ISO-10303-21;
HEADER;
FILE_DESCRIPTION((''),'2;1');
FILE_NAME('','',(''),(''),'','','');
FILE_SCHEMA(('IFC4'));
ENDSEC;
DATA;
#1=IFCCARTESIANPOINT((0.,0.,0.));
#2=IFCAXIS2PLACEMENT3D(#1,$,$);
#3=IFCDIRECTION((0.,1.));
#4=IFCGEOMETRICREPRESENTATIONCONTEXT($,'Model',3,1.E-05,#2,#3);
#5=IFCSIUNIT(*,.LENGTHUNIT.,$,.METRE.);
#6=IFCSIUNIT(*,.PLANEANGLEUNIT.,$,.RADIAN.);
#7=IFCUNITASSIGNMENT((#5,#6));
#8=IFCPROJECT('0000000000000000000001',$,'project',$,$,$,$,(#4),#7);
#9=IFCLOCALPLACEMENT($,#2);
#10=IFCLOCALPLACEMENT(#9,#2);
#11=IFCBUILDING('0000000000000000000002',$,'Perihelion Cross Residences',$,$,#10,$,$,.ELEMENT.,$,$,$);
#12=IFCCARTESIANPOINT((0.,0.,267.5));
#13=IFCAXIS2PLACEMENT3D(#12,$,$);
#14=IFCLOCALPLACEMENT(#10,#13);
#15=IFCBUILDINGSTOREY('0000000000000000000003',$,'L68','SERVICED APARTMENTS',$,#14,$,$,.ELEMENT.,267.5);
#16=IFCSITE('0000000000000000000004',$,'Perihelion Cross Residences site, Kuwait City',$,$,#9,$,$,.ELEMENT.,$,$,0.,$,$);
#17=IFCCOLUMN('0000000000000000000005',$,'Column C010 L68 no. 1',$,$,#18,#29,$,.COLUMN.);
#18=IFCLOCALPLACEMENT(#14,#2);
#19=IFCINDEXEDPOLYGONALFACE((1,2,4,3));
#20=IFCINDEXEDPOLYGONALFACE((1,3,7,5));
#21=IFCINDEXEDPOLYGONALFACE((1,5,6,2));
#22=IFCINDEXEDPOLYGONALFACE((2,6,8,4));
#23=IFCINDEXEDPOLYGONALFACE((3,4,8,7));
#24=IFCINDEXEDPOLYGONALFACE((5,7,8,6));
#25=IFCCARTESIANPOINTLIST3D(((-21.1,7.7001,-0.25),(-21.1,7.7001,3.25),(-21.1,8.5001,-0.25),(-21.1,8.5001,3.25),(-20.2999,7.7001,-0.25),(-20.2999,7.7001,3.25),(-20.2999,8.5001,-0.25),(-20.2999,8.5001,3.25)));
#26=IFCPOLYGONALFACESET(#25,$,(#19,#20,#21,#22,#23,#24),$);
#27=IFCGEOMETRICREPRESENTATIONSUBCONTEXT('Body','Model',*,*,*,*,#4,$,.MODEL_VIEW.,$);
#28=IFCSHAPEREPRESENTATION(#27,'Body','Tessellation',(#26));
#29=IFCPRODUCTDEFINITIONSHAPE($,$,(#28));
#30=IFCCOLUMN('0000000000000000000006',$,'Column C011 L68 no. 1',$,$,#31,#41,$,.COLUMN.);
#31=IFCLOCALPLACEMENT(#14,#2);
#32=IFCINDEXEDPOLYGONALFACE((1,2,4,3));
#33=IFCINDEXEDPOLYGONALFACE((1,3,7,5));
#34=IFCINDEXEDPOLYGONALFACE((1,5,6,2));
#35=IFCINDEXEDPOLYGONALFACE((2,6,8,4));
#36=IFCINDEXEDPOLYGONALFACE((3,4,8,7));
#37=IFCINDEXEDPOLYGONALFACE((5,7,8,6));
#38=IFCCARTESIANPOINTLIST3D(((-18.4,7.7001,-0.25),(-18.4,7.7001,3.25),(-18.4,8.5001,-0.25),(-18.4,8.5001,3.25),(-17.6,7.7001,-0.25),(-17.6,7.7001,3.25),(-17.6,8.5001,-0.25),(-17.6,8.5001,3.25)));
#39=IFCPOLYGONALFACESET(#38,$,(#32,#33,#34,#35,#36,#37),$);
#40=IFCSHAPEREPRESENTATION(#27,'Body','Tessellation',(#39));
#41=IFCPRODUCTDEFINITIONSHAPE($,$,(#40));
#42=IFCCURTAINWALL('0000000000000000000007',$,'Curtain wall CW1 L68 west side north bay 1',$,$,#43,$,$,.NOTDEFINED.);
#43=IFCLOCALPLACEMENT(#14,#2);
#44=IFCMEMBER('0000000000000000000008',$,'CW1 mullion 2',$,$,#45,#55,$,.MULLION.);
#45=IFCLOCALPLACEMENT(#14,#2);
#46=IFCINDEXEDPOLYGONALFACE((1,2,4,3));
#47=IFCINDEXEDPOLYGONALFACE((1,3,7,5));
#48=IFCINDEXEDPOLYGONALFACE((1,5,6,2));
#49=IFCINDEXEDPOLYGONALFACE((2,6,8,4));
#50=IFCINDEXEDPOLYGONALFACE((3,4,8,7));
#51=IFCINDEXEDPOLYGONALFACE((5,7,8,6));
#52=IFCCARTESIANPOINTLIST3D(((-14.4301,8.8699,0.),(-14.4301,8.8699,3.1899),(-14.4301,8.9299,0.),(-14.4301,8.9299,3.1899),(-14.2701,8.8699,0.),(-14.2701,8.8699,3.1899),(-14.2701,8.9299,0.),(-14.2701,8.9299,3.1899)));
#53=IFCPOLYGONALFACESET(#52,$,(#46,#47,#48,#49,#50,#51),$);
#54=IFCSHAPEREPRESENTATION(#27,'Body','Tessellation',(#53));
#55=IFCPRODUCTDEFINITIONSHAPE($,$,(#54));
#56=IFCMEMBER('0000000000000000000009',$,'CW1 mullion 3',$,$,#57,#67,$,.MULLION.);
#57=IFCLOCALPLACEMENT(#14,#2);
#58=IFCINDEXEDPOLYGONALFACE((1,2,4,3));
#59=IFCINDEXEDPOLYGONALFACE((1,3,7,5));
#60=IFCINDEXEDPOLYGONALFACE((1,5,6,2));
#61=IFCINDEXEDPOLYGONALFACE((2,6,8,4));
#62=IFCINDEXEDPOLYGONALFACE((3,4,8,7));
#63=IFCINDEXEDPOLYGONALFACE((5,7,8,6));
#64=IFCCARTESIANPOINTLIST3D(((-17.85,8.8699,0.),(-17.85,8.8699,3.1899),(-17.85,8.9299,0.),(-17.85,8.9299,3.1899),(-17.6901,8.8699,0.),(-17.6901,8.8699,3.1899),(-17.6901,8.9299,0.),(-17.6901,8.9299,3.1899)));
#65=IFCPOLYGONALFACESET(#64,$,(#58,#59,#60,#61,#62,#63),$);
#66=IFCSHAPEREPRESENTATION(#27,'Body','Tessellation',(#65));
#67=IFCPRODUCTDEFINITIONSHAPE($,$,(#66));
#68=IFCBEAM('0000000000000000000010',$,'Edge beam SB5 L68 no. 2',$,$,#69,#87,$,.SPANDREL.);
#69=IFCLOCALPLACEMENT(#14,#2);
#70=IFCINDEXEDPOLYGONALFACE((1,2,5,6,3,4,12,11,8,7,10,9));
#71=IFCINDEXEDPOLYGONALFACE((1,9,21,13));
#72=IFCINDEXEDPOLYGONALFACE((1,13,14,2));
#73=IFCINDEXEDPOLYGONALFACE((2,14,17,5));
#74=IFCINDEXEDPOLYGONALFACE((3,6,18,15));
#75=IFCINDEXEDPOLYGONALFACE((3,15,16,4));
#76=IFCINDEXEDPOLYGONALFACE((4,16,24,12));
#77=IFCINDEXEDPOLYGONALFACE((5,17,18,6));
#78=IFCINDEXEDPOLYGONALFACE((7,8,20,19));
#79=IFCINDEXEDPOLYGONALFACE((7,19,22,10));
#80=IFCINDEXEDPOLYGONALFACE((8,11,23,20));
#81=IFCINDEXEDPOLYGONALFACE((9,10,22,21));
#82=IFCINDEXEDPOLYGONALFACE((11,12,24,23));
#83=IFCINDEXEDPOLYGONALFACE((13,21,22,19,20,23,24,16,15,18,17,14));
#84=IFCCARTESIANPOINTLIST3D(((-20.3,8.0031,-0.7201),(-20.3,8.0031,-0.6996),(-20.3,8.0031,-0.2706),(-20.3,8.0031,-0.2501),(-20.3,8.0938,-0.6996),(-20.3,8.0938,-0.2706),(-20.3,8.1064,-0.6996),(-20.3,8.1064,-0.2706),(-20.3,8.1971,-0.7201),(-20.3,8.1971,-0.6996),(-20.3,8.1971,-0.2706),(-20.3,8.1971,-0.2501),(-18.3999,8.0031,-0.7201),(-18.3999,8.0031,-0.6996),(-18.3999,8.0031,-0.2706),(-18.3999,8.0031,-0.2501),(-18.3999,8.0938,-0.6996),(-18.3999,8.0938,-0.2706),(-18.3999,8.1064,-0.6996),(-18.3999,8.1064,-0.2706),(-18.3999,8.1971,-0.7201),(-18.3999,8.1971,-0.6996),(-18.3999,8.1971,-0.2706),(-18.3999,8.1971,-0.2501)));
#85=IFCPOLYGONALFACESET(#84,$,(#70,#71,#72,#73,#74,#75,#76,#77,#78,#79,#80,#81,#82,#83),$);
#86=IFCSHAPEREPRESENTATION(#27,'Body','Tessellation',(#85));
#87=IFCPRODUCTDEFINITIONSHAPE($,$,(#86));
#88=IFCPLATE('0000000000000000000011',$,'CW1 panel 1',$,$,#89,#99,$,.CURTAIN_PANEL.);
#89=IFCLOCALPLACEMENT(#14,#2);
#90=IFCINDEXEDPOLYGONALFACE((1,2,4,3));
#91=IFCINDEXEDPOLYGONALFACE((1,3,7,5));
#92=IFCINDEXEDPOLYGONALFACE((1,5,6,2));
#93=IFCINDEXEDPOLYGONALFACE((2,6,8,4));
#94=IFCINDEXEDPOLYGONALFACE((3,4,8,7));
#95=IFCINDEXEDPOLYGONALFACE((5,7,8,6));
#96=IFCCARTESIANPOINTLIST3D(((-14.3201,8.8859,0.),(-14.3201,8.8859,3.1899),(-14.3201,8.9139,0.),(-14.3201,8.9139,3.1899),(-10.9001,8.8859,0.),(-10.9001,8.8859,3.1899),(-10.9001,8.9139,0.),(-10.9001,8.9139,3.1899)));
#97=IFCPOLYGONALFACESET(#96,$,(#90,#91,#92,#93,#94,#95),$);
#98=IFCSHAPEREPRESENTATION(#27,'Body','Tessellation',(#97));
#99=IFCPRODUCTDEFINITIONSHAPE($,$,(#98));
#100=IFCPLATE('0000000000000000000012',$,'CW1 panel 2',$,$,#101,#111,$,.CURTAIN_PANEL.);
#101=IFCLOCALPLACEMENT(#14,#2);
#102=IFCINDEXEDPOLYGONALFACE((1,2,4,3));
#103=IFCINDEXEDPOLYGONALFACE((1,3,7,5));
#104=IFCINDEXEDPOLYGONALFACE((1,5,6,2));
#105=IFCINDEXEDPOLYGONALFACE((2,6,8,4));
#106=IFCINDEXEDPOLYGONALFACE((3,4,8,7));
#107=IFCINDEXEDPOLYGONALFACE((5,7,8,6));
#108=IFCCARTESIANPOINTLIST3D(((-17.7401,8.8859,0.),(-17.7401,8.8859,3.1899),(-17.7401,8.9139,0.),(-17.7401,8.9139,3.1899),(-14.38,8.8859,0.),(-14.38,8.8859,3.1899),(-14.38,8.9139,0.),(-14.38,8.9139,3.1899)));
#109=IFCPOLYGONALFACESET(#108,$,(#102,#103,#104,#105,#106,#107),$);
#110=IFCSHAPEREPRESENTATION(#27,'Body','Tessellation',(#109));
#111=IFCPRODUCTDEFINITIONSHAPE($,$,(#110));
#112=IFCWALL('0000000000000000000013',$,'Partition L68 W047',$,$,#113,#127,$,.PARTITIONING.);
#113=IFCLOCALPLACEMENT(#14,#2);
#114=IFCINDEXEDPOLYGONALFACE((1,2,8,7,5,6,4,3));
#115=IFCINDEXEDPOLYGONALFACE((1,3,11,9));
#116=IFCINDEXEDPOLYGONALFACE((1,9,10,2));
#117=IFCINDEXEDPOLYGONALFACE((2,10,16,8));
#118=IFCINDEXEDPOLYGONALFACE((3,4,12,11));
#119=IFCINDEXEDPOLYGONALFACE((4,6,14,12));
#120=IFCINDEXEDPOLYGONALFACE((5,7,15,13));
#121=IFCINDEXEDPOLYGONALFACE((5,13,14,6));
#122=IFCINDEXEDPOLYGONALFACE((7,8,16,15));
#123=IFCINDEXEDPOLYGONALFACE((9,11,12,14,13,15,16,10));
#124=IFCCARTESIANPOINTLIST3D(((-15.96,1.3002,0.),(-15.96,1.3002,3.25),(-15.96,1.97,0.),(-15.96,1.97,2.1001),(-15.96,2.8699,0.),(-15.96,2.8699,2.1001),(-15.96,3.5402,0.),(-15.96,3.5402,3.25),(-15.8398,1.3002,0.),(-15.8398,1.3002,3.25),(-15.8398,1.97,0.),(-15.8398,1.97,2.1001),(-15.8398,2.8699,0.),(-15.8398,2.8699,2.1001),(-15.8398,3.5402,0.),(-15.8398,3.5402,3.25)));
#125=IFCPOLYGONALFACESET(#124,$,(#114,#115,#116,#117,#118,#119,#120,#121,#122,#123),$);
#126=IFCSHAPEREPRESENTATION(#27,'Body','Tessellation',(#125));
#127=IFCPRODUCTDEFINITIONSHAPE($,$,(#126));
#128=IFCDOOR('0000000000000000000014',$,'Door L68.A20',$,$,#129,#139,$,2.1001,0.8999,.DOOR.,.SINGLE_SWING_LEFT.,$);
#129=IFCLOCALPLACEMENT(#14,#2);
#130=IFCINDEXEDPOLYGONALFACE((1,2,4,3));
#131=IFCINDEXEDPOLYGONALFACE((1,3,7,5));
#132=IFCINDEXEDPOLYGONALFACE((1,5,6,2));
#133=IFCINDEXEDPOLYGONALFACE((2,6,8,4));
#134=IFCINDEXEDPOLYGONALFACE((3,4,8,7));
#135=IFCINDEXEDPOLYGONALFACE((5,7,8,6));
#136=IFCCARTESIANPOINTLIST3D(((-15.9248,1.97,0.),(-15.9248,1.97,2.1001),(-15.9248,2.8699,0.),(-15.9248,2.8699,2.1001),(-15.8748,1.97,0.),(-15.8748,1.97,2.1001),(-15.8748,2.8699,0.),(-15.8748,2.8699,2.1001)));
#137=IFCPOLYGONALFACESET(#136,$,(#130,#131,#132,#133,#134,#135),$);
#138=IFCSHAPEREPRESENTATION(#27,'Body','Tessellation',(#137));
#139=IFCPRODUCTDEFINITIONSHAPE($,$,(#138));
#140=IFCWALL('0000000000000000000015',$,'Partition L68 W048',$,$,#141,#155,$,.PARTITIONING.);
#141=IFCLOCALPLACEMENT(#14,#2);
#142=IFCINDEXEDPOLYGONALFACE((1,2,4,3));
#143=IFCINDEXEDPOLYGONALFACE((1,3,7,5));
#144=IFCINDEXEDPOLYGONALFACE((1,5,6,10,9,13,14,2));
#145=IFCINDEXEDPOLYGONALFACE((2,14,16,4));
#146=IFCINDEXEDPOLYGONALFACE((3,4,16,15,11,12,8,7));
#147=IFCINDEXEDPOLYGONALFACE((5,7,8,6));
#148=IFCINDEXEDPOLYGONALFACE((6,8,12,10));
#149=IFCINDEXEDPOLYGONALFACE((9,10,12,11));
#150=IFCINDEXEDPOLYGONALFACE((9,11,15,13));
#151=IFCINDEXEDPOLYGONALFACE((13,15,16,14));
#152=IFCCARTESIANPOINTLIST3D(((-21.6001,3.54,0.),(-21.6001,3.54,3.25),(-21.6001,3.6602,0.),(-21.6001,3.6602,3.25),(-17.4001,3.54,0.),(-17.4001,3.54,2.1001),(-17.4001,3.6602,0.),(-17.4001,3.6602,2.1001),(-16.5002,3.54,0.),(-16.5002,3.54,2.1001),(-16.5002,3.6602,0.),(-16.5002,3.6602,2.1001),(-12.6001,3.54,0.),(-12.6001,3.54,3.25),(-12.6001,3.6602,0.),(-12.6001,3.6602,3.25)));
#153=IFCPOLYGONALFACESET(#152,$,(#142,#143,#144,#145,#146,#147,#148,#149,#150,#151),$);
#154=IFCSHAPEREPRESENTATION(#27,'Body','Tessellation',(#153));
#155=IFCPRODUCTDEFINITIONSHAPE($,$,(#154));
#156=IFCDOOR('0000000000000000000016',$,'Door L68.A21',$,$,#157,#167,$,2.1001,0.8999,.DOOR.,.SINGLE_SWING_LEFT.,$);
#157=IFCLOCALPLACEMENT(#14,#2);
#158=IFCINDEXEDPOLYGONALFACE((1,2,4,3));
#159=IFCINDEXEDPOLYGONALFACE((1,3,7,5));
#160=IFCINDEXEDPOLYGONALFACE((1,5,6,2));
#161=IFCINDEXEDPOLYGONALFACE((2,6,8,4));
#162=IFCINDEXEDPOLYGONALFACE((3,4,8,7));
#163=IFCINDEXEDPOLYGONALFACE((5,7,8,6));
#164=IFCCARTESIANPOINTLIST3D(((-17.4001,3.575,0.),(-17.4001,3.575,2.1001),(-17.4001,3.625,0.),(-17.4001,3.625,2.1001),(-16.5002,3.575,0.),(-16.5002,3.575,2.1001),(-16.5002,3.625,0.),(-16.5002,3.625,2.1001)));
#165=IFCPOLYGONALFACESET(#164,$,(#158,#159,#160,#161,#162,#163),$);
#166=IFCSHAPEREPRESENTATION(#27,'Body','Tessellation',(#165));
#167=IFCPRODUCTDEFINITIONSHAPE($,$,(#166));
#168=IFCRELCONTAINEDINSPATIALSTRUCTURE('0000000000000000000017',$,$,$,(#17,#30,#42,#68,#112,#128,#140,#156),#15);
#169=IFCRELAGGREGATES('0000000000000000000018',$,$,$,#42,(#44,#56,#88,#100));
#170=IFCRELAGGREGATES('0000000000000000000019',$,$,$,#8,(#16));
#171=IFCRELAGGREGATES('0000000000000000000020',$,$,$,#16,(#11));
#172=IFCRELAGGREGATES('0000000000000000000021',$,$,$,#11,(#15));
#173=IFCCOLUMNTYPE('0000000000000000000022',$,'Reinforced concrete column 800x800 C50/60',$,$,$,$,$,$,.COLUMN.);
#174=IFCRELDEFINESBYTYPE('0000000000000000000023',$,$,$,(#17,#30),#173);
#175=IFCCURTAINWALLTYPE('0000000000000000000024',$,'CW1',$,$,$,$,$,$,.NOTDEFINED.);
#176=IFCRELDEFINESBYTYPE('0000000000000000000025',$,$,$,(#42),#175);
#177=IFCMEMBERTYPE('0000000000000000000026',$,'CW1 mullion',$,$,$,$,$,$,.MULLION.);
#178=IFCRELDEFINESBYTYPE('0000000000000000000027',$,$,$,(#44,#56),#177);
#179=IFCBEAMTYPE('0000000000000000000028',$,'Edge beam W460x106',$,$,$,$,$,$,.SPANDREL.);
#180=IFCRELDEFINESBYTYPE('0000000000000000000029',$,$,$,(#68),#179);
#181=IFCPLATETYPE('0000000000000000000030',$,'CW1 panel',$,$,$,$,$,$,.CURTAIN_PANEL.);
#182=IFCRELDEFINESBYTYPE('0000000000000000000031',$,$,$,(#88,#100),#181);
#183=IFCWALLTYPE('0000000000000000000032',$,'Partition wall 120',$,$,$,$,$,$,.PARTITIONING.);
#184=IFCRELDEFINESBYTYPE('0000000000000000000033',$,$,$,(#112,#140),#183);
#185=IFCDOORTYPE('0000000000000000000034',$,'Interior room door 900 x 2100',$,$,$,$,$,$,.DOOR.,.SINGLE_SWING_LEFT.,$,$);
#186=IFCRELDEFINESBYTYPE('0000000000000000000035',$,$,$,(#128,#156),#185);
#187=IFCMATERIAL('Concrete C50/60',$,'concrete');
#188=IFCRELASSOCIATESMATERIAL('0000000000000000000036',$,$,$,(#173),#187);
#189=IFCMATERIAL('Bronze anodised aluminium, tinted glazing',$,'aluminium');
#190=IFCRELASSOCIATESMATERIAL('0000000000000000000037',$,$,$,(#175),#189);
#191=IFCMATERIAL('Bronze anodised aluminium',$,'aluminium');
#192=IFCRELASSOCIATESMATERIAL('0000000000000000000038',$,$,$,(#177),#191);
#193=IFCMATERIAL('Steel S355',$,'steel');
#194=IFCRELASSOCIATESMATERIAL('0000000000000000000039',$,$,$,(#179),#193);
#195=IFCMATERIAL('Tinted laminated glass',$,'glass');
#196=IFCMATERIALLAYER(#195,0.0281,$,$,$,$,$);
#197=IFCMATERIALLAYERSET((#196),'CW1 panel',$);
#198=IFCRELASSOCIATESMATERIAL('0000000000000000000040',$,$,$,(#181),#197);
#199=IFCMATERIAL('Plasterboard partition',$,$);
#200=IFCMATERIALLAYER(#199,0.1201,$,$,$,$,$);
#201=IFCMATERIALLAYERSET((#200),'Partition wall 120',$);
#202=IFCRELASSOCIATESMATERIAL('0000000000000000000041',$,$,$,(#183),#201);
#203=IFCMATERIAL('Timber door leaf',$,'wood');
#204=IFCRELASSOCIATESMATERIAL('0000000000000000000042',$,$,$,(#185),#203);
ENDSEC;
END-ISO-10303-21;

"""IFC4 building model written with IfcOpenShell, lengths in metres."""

from ifc_helpers import new_model, si_unit, direction, frame, frame_2d, origin, origin_2d, place, context, subcontext, project, spatial, rectangle, i_section, extrude, material, layer, layer_set, material_profile, profile_set, type_object, element, fill, aggregate, save


model = new_model("IFC4")

# Units and contexts
model_context = context("Model", 3, precision=1e-05, world=origin(), true_north=direction((0.0, 1.0)))
body_context = subcontext(model_context, "Body", "Model", "MODEL_VIEW")
ifc_project = project(units=[si_unit("LENGTHUNIT", "METRE"), si_unit("PLANEANGLEUNIT", "RADIAN")], contexts=[model_context])

# Site, building, storey
site_placement = place(None, origin())
site = spatial("IfcSite", under=ifc_project, at=site_placement, Name="Perihelion Cross Residences site, Kuwait City", CompositionType="ELEMENT", RefElevation=0.0)
building_placement = place(site_placement, origin())
building = spatial("IfcBuilding", under=site, at=building_placement, Name="Perihelion Cross Residences", CompositionType="ELEMENT")
storey_placement = place(building_placement, frame((0.0, 0.0, 267.5)))
storey = spatial("IfcBuildingStorey", under=building, at=storey_placement, Name="L68", Description="SERVICED APARTMENTS", CompositionType="ELEMENT", Elevation=267.5)

# Columns
ifc_material_1 = material(Name="Concrete C50/60", Category="concrete")
ifc_material_profile_1 = material_profile(ifc_material_1, rectangle(XDim=0.8, YDim=0.8, at=origin_2d()), Name="RC 800x800")
ifc_profile_set_1 = profile_set([ifc_material_profile_1], Name="Concrete C50/60")
column_type = type_object("IfcColumnType", Name="Reinforced concrete column 800x800 C50/60", PredefinedType="COLUMN", material=ifc_profile_set_1)
for number, where, z_axis, x_axis, name in (
    (1, (-20.7, 8.1001, -0.25), (0.0, 0.0, 1.0), (1.0, 0.0, 0.0), "Column C010 L68 no. 1"),
    (2, (-18.0, 8.1001, -0.25), (0.0, 0.0, 1.0), (1.0, 0.0, 0.0), "Column C011 L68 no. 1"),
):
    element("IfcColumn", number, at=place(storey_placement, frame(where, z_axis=z_axis, x_axis=x_axis)), inside=storey, type_object=column_type, Name=name, PredefinedType="COLUMN", context=body_context, shape_type="SweptSolid", body=[
        extrude(rectangle(XDim=0.8, YDim=0.8, at=origin_2d()), origin(), (0.0, 0.0, 1.0), 3.5),
    ])

# Curtain wall, members
ifc_material_2 = material(Name="Bronze anodised aluminium, tinted glazing", Category="aluminium")
curtain_wall_type = type_object("IfcCurtainWallType", Name="CW1", PredefinedType="NOTDEFINED", material=ifc_material_2)
curtain_wall_placement = place(storey_placement, origin())
curtain_wall = element("IfcCurtainWall", 3, at=curtain_wall_placement, inside=storey, type_object=curtain_wall_type, Name="Curtain wall CW1 L68 west side north bay 1", PredefinedType="NOTDEFINED")
ifc_material_3 = material(Name="Bronze anodised aluminium", Category="aluminium")
ifc_material_profile_2 = material_profile(ifc_material_3, rectangle(XDim=0.0601, YDim=0.1599, at=origin_2d()), Name="CW1 mullion")
ifc_profile_set_2 = profile_set([ifc_material_profile_2], Name="Bronze anodised aluminium")
member_type = type_object("IfcMemberType", Name="CW1 mullion", PredefinedType="MULLION", material=ifc_profile_set_2)
member_1_placement = place(storey_placement, frame((-14.3501, 8.8999, 0.0), z_axis=(0.0, 0.0, 1.0), x_axis=(0.0, -1.0, 0.0)))
member_1 = element("IfcMember", 4, at=member_1_placement, type_object=member_type, Name="CW1 mullion 2", PredefinedType="MULLION", context=body_context, shape_type="SweptSolid", body=[
    extrude(rectangle(XDim=0.0601, YDim=0.1599, at=origin_2d()), origin(), (0.0, 0.0, 1.0), 3.1899),
])
member_2_placement = place(storey_placement, frame((-17.77, 8.8999, 0.0), z_axis=(0.0, 0.0, 1.0), x_axis=(0.0, -1.0, 0.0)))
member_2 = element("IfcMember", 5, at=member_2_placement, type_object=member_type, Name="CW1 mullion 3", PredefinedType="MULLION", context=body_context, shape_type="SweptSolid", body=[
    extrude(rectangle(XDim=0.0601, YDim=0.1599, at=origin_2d()), origin(), (0.0, 0.0, 1.0), 3.1899),
])

# Beam
ifc_material_4 = material(Name="Steel S355", Category="steel")
ifc_material_profile_3 = material_profile(ifc_material_4, i_section(OverallWidth=0.1941, OverallDepth=0.47, WebThickness=0.0127, FlangeThickness=0.0205, at=origin_2d()), Name="W460x106")
ifc_profile_set_3 = profile_set([ifc_material_profile_3], Name="Steel S355")
beam_type = type_object("IfcBeamType", Name="Edge beam W460x106", PredefinedType="SPANDREL", material=ifc_profile_set_3)
beam_placement = place(storey_placement, frame((-18.3999, 8.1001, -0.4851), z_axis=(-1.0, 0.0, 0.0), x_axis=(0.0, -1.0, 0.0)))
element("IfcBeam", 6, at=beam_placement, inside=storey, type_object=beam_type, Name="Edge beam SB5 L68 no. 2", PredefinedType="SPANDREL", context=body_context, shape_type="SweptSolid", body=[
    extrude(i_section(OverallWidth=0.1941, OverallDepth=0.47, WebThickness=0.0127, FlangeThickness=0.0205, at=origin_2d()), origin(), (0.0, 0.0, 1.0), 1.9001),
])

# Plates
ifc_material_5 = material(Name="Tinted laminated glass", Category="glass")
ifc_layer_1 = layer(ifc_material_5, 0.0281)
ifc_layer_set_1 = layer_set([ifc_layer_1], Name="CW1 panel")
plate_type = type_object("IfcPlateType", Name="CW1 panel", PredefinedType="CURTAIN_PANEL", material=ifc_layer_set_1)
plate_1_placement = place(storey_placement, frame((-12.6101, 8.8999, 0.0), z_axis=(0.0, 0.0, 1.0), x_axis=(-1.0, 0.0, 0.0)))
plate_1 = element("IfcPlate", 7, at=plate_1_placement, type_object=plate_type, Name="CW1 panel 1", PredefinedType="CURTAIN_PANEL", context=body_context, shape_type="SweptSolid", body=[
    extrude(rectangle(XDim=3.4199, YDim=0.0281, at=origin_2d()), origin(), (0.0, 0.0, 1.0), 3.1899),
])
plate_2_placement = place(storey_placement, frame((-16.0601, 8.8999, 0.0), z_axis=(0.0, 0.0, 1.0), x_axis=(-1.0, 0.0, 0.0)))
plate_2 = element("IfcPlate", 8, at=plate_2_placement, type_object=plate_type, Name="CW1 panel 2", PredefinedType="CURTAIN_PANEL", context=body_context, shape_type="SweptSolid", body=[
    extrude(rectangle(XDim=3.3601, YDim=0.0281, at=origin_2d()), origin(), (0.0, 0.0, 1.0), 3.1899),
])
aggregate(curtain_wall, [member_1, member_2, plate_1, plate_2])

# Walls, openings, doors
ifc_material_6 = material(Name="Plasterboard partition")
ifc_layer_2 = layer(ifc_material_6, 0.1201)
ifc_layer_set_2 = layer_set([ifc_layer_2], Name="Partition wall 120")
wall_type_1 = type_object("IfcWallType", Name="Partition wall 120", PredefinedType="PARTITIONING", material=ifc_layer_set_2)
wall_1_placement = place(storey_placement, frame((-15.8999, 1.3, 0.0), z_axis=(0.0, 0.0, 1.0), x_axis=(0.0, 1.0, 0.0)))
wall_1 = element("IfcWall", 9, at=wall_1_placement, inside=storey, type_object=wall_type_1, Name="Partition L68 W047", PredefinedType="PARTITIONING", context=body_context, shape_type="SweptSolid", body=[
    extrude(rectangle(XDim=2.24, YDim=0.1201, at=frame_2d((1.1201, 0.0))), origin(), (0.0, 0.0, 1.0), 3.25),
])
opening_1_placement = place(wall_1_placement, frame((0.6699, 0.0, 0.0)))
opening_1 = element("IfcOpeningElement", 10, at=opening_1_placement, cuts=wall_1, PredefinedType="OPENING", context=body_context, shape_type="SweptSolid", body=[
    extrude(rectangle(XDim=0.8999, YDim=2.1001, at=frame_2d((0.45, 1.05))), frame((0.0, 0.0701, 0.0), z_axis=(0.0, -1.0, 0.0), x_axis=(1.0, 0.0, 0.0)), (0.0, 0.0, 1.0), 0.1401),
])
ifc_material_7 = material(Name="Timber door leaf", Category="wood")
door_type_1 = type_object("IfcDoorType", Name="Interior room door 900 x 2100", OperationType="SINGLE_SWING_LEFT", PredefinedType="DOOR", material=ifc_material_7)
door_1_placement = place(opening_1_placement, origin())
door_1 = element("IfcDoor", 11, at=door_1_placement, inside=storey, type_object=door_type_1, Name="Door L68.A20", OperationType="SINGLE_SWING_LEFT", OverallHeight=2.1001, OverallWidth=0.8999, PredefinedType="DOOR", context=body_context, shape_type="SweptSolid", body=[
    extrude(rectangle(XDim=0.8999, YDim=2.1001, at=frame_2d((0.45, 1.05))), frame((0.0, 0.0249, 0.0), z_axis=(0.0, -1.0, 0.0), x_axis=(1.0, 0.0, 0.0)), (0.0, 0.0, 1.0), 0.05),
])
fill(opening_1, door_1)
wall_2_placement = place(storey_placement, frame((-21.6001, 3.6001, 0.0), z_axis=(0.0, 0.0, 1.0), x_axis=(1.0, 0.0, 0.0)))
wall_2 = element("IfcWall", 12, at=wall_2_placement, inside=storey, type_object=wall_type_1, Name="Partition L68 W048", PredefinedType="PARTITIONING", context=body_context, shape_type="SweptSolid", body=[
    extrude(rectangle(XDim=9.0, YDim=0.1201, at=frame_2d((4.5, 0.0))), origin(), (0.0, 0.0, 1.0), 3.25),
])
opening_2_placement = place(wall_2_placement, frame((4.2, 0.0, 0.0)))
opening_2 = element("IfcOpeningElement", 13, at=opening_2_placement, cuts=wall_2, PredefinedType="OPENING", context=body_context, shape_type="SweptSolid", body=[
    extrude(rectangle(XDim=0.8999, YDim=2.1001, at=frame_2d((0.45, 1.05))), frame((0.0, 0.0701, 0.0), z_axis=(0.0, -1.0, 0.0), x_axis=(1.0, 0.0, 0.0)), (0.0, 0.0, 1.0), 0.1401),
])
door_2_placement = place(opening_2_placement, origin())
door_2 = element("IfcDoor", 14, at=door_2_placement, inside=storey, type_object=door_type_1, Name="Door L68.A21", OperationType="SINGLE_SWING_LEFT", OverallHeight=2.1001, OverallWidth=0.8999, PredefinedType="DOOR", context=body_context, shape_type="SweptSolid", body=[
    extrude(rectangle(XDim=0.8999, YDim=2.1001, at=frame_2d((0.45, 1.05))), frame((0.0, 0.0249, 0.0), z_axis=(0.0, -1.0, 0.0), x_axis=(1.0, 0.0, 0.0)), (0.0, 0.0, 1.0), 0.05),
])
fill(opening_2, door_2)

save(model, "model.ifc")
